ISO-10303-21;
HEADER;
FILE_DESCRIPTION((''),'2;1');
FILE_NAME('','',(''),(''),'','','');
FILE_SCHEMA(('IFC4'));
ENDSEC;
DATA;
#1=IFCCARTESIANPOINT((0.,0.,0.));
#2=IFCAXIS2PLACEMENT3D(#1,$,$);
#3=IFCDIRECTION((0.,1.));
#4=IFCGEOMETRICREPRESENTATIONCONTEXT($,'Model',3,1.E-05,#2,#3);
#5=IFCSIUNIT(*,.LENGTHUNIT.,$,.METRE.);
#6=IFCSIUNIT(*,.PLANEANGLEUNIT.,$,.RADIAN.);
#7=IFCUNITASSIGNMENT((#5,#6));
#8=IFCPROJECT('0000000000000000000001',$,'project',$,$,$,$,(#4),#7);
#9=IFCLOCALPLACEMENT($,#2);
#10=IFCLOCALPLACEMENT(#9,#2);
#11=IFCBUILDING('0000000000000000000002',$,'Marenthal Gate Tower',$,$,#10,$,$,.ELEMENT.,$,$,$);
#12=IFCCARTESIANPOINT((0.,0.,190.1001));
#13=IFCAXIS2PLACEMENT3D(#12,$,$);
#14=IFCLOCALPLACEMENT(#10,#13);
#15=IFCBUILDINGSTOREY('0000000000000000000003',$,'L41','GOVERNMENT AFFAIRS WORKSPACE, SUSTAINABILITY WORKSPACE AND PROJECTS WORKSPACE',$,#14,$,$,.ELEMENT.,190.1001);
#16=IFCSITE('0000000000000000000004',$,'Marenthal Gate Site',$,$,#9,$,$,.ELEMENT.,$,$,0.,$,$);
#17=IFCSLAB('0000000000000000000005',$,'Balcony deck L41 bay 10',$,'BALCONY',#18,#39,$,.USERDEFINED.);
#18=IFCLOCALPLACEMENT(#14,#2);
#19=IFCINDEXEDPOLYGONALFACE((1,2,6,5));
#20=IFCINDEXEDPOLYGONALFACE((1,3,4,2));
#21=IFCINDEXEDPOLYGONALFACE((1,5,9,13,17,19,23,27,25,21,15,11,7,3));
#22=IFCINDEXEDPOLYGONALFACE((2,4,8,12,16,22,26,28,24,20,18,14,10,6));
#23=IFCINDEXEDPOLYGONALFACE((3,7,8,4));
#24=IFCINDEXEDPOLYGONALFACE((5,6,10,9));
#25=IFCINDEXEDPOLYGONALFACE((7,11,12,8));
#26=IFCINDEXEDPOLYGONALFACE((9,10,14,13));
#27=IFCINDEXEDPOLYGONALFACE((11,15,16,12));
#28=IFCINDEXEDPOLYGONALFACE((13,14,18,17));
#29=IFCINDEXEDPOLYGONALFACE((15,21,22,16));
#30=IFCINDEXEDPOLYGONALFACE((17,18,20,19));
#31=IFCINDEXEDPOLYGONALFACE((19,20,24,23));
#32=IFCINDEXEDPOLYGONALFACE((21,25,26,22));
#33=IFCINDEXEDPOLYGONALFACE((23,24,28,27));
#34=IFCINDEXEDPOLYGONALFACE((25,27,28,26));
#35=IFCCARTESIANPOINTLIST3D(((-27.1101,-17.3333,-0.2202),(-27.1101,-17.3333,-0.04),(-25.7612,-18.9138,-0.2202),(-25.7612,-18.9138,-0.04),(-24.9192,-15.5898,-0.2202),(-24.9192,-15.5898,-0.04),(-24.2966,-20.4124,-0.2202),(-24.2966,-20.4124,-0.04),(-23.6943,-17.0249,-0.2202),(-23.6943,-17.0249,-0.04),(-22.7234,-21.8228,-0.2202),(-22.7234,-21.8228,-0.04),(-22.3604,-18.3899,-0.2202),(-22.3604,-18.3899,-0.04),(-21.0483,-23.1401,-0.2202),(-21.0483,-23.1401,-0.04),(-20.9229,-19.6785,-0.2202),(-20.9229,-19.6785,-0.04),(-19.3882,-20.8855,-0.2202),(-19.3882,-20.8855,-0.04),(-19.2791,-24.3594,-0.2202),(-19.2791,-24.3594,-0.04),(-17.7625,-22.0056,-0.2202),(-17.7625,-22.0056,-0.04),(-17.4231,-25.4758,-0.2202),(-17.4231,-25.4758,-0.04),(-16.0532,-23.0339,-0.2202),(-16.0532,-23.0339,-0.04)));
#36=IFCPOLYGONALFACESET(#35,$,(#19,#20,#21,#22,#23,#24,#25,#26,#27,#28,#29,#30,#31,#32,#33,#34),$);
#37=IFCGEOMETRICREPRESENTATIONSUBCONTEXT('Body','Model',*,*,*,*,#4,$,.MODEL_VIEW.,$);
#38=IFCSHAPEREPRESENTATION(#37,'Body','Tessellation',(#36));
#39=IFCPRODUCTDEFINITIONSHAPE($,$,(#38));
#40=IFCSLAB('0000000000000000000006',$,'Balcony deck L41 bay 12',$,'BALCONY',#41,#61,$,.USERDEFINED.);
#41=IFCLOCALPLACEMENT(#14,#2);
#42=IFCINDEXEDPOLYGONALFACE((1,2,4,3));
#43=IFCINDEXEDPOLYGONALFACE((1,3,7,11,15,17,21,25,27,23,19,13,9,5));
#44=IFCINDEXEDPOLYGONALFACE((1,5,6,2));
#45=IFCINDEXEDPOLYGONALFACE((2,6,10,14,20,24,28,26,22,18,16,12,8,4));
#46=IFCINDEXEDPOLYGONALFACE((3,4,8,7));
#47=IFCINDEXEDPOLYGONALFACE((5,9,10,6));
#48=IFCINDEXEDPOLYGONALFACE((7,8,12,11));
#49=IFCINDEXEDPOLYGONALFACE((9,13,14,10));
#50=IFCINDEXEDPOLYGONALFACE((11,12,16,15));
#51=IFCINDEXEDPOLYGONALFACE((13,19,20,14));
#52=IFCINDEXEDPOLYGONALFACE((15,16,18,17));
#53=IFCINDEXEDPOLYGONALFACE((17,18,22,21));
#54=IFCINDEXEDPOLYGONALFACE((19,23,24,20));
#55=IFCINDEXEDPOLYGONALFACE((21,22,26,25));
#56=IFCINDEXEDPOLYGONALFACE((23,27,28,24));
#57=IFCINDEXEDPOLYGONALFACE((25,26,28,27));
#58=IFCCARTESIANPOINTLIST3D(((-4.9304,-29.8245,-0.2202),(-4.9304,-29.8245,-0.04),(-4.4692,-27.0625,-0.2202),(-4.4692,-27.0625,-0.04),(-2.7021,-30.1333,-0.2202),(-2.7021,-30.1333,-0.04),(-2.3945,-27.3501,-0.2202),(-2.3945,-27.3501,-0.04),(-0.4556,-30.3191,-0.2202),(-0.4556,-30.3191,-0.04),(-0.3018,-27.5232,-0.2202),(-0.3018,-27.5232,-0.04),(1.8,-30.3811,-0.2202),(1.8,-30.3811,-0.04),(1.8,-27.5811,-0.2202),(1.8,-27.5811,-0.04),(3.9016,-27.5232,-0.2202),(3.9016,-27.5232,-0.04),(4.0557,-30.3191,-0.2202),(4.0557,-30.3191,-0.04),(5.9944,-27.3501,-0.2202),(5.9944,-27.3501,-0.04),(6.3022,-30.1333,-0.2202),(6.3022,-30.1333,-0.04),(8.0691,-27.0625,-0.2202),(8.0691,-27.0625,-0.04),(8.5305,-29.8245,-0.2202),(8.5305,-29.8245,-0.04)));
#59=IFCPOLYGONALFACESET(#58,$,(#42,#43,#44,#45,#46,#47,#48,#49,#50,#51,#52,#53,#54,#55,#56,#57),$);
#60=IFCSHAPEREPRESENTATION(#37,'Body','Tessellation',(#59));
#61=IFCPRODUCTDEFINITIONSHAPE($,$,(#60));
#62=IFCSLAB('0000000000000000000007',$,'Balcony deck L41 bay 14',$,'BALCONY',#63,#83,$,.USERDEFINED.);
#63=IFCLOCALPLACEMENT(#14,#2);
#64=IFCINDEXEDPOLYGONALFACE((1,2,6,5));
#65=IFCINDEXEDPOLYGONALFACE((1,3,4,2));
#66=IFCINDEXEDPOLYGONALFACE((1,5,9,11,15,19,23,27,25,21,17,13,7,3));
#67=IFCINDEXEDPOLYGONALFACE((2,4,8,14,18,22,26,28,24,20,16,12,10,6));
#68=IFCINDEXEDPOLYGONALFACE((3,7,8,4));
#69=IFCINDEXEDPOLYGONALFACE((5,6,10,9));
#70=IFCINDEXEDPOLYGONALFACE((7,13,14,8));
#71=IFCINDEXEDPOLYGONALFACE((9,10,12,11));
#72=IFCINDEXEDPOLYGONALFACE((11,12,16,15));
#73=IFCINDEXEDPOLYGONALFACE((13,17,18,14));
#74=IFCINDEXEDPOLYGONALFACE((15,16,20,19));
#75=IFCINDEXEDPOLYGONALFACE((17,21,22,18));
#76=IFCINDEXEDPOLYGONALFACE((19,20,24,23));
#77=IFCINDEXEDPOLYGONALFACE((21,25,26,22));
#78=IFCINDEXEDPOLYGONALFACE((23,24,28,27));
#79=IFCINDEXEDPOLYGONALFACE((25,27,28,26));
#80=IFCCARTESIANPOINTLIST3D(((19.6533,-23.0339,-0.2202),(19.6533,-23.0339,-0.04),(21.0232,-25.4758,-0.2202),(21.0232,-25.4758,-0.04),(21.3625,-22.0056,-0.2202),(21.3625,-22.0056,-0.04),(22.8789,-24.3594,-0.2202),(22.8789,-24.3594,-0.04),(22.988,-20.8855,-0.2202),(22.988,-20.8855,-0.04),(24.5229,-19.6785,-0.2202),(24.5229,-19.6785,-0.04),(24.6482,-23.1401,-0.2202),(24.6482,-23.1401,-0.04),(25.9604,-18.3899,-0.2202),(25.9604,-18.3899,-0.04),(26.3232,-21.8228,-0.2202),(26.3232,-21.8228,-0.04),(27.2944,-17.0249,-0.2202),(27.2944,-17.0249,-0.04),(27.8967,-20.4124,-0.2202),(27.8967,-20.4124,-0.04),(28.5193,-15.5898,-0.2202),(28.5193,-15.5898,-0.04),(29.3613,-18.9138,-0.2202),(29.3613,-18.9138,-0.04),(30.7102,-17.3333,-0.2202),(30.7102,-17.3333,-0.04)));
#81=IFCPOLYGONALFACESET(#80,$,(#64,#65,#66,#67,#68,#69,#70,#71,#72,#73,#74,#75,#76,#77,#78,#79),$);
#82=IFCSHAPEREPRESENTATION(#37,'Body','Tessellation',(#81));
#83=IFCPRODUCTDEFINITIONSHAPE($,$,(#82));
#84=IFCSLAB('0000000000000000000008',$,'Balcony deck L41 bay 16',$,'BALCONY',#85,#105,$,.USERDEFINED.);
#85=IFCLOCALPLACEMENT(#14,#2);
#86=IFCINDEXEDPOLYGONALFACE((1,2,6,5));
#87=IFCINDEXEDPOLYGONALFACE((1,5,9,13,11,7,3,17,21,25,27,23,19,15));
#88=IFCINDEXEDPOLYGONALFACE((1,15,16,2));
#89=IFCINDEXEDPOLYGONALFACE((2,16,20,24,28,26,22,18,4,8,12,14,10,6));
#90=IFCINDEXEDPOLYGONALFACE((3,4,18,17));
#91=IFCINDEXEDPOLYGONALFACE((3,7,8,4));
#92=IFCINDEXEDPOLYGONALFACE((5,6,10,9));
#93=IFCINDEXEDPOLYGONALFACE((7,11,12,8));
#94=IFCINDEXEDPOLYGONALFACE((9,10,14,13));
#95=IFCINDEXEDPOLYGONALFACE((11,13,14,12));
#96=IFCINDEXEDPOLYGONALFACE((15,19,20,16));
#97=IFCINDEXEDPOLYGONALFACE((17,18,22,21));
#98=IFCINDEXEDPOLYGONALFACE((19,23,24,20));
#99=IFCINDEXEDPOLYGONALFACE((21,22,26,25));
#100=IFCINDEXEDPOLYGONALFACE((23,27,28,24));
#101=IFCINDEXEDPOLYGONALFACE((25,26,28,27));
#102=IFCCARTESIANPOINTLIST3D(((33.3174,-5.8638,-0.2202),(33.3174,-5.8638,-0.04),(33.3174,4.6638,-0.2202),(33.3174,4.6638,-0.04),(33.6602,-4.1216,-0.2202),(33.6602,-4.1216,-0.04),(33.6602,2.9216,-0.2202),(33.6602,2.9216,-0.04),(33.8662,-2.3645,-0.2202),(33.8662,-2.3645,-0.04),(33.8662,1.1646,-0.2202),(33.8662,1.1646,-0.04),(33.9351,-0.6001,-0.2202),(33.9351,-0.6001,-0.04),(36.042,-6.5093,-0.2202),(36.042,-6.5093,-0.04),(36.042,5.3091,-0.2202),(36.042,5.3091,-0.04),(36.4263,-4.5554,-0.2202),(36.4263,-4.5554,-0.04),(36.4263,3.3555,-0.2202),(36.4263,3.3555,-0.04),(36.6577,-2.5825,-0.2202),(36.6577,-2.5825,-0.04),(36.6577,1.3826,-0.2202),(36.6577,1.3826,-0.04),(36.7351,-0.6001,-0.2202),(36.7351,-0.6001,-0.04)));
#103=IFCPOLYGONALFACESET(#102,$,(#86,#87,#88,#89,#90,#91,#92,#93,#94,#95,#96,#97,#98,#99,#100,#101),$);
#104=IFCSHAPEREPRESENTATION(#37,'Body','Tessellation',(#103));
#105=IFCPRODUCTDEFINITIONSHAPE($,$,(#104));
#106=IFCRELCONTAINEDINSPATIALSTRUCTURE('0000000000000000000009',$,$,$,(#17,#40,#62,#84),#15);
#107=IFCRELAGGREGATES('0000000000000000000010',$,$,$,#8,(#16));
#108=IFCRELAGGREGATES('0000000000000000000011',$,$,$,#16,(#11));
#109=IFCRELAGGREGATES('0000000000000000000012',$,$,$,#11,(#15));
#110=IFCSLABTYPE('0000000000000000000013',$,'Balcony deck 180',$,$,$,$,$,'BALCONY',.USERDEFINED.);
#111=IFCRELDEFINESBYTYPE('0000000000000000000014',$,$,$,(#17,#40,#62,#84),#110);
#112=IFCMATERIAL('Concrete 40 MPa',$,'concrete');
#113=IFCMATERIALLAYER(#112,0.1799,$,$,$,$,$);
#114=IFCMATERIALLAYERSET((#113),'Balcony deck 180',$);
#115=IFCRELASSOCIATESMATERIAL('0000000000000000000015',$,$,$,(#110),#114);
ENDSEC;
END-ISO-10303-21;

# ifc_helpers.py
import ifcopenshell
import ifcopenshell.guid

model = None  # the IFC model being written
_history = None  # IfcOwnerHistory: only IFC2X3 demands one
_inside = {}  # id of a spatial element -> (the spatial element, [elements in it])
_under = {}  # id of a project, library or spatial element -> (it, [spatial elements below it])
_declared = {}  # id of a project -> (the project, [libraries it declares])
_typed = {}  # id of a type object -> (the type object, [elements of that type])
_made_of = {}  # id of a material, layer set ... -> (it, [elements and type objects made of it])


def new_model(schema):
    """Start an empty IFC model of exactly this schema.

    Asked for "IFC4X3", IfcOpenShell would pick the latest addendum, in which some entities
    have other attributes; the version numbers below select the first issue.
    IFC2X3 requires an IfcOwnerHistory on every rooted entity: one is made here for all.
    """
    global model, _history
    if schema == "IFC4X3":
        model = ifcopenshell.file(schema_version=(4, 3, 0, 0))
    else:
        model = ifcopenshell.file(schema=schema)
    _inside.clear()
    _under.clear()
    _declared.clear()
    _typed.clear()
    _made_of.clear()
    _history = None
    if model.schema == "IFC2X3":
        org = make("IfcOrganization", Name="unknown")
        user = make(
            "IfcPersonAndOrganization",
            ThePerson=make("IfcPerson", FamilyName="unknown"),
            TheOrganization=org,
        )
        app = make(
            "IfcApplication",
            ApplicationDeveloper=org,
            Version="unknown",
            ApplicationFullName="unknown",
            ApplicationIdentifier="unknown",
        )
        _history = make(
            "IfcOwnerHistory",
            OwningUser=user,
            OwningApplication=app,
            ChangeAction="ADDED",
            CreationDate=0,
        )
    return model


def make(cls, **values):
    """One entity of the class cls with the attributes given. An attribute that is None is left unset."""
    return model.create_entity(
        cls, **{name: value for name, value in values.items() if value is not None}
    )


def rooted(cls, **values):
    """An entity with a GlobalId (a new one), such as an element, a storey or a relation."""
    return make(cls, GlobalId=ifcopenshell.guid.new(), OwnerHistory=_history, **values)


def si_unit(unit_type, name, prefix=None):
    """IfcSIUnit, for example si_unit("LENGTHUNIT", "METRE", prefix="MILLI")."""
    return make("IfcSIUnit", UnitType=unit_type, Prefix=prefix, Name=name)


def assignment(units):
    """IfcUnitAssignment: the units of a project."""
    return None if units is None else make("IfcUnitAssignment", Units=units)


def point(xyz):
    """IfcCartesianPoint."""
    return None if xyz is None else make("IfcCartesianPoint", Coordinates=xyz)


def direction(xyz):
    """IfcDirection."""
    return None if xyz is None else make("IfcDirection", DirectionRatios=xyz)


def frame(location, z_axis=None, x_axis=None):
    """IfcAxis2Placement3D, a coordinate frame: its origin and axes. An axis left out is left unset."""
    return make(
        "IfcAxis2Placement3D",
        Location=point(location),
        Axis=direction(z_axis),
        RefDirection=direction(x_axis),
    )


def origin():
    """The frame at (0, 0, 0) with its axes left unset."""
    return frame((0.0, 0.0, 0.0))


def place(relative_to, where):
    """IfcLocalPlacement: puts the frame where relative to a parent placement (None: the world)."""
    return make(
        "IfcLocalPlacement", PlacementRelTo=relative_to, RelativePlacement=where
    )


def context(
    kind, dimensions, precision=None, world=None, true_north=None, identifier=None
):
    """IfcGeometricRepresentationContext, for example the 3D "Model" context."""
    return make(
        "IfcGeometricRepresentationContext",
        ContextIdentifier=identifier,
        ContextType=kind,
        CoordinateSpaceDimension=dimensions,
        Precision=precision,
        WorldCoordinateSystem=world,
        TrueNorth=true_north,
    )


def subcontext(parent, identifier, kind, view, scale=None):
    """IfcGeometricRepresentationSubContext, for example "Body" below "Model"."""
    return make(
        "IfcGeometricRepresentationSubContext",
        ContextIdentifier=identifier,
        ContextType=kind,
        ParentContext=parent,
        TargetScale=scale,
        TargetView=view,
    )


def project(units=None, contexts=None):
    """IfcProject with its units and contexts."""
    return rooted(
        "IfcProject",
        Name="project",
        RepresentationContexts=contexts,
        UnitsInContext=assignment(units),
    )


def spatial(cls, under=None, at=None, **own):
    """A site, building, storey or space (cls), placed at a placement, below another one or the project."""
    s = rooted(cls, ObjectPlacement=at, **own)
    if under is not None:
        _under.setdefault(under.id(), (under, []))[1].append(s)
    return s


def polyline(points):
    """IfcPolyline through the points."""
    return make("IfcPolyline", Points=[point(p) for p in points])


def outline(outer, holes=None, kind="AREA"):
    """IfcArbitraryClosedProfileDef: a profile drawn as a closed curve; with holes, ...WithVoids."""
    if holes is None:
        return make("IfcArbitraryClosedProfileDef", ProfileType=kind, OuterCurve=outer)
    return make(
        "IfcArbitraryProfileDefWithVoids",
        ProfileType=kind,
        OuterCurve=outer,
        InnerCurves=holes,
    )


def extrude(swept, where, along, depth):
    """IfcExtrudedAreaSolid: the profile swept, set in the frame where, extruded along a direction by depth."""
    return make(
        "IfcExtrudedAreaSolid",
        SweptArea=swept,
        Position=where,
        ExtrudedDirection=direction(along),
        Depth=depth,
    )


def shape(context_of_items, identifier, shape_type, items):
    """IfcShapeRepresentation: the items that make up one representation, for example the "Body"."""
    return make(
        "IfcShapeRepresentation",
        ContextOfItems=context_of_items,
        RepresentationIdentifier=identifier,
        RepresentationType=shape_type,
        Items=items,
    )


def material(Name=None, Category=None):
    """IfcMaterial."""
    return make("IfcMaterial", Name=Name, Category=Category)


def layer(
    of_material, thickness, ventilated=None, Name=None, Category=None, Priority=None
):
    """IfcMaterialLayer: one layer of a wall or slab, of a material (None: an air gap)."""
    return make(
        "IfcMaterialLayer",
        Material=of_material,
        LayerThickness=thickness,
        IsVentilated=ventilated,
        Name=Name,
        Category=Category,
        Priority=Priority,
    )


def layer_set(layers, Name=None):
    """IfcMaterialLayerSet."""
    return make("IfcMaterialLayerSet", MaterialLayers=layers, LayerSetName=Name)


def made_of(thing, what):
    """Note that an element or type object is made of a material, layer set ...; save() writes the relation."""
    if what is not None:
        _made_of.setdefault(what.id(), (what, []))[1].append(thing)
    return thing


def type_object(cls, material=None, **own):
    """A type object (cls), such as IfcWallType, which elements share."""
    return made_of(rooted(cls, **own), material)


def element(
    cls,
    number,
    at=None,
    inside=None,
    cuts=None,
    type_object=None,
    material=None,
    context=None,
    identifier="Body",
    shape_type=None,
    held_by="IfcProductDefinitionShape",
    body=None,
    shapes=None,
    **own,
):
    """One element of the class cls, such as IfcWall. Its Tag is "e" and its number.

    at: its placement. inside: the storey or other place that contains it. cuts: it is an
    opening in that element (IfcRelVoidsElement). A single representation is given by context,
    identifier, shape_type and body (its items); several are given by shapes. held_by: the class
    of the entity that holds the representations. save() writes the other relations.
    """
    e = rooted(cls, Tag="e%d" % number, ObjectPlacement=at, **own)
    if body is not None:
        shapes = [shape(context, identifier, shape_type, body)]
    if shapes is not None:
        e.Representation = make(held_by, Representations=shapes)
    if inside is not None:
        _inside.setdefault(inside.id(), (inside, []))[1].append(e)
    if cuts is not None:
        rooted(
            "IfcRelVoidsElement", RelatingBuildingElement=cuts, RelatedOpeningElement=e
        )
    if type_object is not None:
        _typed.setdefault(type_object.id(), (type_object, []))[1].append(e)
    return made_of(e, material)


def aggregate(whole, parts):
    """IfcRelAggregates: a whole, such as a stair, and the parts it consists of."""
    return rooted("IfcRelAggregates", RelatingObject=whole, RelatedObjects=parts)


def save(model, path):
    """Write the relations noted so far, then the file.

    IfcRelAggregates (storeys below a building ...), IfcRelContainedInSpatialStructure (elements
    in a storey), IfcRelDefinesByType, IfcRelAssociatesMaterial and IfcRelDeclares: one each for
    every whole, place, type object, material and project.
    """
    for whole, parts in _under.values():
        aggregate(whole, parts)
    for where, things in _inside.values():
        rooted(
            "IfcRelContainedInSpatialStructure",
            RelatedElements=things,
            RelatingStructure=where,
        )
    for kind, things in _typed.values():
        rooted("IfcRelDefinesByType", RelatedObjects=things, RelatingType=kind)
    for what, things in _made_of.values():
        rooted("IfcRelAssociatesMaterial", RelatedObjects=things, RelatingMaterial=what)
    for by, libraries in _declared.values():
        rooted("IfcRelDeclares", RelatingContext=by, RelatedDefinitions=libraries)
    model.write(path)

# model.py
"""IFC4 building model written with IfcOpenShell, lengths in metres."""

from ifc_helpers import new_model, si_unit, direction, frame, origin, place, context, subcontext, project, spatial, polyline, outline, extrude, material, layer, layer_set, type_object, element, save


model = new_model("IFC4")

# Units and contexts
model_context = context("Model", 3, precision=1e-05, world=origin(), true_north=direction((0.0, 1.0)))
body_context = subcontext(model_context, "Body", "Model", "MODEL_VIEW")
ifc_project = project(units=[si_unit("LENGTHUNIT", "METRE"), si_unit("PLANEANGLEUNIT", "RADIAN")], contexts=[model_context])

# Site, building, storey
site_placement = place(None, origin())
site = spatial("IfcSite", under=ifc_project, at=site_placement, Name="Marenthal Gate Site", CompositionType="ELEMENT", RefElevation=0.0)
building_placement = place(site_placement, origin())
building = spatial("IfcBuilding", under=site, at=building_placement, Name="Marenthal Gate Tower", CompositionType="ELEMENT")
storey_placement = place(building_placement, frame((0.0, 0.0, 190.1001)))
storey = spatial("IfcBuildingStorey", under=building, at=storey_placement, Name="L41", Description="GOVERNMENT AFFAIRS WORKSPACE, SUSTAINABILITY WORKSPACE AND PROJECTS WORKSPACE", CompositionType="ELEMENT", Elevation=190.1001)

# Slabs
ifc_material_1 = material(Name="Concrete 40 MPa", Category="concrete")
ifc_layer_1 = layer(ifc_material_1, 0.1799)
ifc_layer_set_1 = layer_set([ifc_layer_1], Name="Balcony deck 180")
slab_type_1 = type_object("IfcSlabType", Name="Balcony deck 180", ElementType="BALCONY", PredefinedType="USERDEFINED", material=ifc_layer_set_1)
slab_1_placement = place(storey_placement, frame((0.0, 0.0, -0.2202)))
element("IfcSlab", 1, at=slab_1_placement, inside=storey, type_object=slab_type_1, Name="Balcony deck L41 bay 10", ObjectType="BALCONY", PredefinedType="USERDEFINED", context=body_context, shape_type="SweptSolid", body=[
    extrude(outline(polyline([(-24.9192, -15.5898), (-23.6943, -17.0249), (-22.3604, -18.3899), (-20.9229, -19.6785), (-19.3882, -20.8855), (-17.7625, -22.0056), (-16.0532, -23.0339), (-17.4231, -25.4758), (-19.2791, -24.3594), (-21.0483, -23.1401), (-22.7234, -21.8228), (-24.2966, -20.4124), (-25.7612, -18.9138), (-27.1101, -17.3333), (-24.9192, -15.5898)])), origin(), (0.0, 0.0, 1.0), 0.1802),
])
slab_2_placement = place(storey_placement, frame((0.0, 0.0, -0.2202)))
element("IfcSlab", 2, at=slab_2_placement, inside=storey, type_object=slab_type_1, Name="Balcony deck L41 bay 12", ObjectType="BALCONY", PredefinedType="USERDEFINED", context=body_context, shape_type="SweptSolid", body=[
    extrude(outline(polyline([(-4.4692, -27.0625), (-2.3945, -27.3501), (-0.3018, -27.5232), (1.8, -27.5811), (3.9016, -27.5232), (5.9944, -27.3501), (8.0691, -27.0625), (8.5305, -29.8245), (6.3022, -30.1333), (4.0557, -30.3191), (1.8, -30.3811), (-0.4556, -30.3191), (-2.7021, -30.1333), (-4.9304, -29.8245), (-4.4692, -27.0625)])), origin(), (0.0, 0.0, 1.0), 0.1802),
])
slab_3_placement = place(storey_placement, frame((0.0, 0.0, -0.2202)))
element("IfcSlab", 3, at=slab_3_placement, inside=storey, type_object=slab_type_1, Name="Balcony deck L41 bay 14", ObjectType="BALCONY", PredefinedType="USERDEFINED", context=body_context, shape_type="SweptSolid", body=[
    extrude(outline(polyline([(19.6533, -23.0339), (21.3625, -22.0056), (22.988, -20.8855), (24.5229, -19.6785), (25.9604, -18.3899), (27.2944, -17.0249), (28.5193, -15.5898), (30.7102, -17.3333), (29.3613, -18.9138), (27.8967, -20.4124), (26.3232, -21.8228), (24.6482, -23.1401), (22.8789, -24.3594), (21.0232, -25.4758), (19.6533, -23.0339)])), origin(), (0.0, 0.0, 1.0), 0.1802),
])
slab_4_placement = place(storey_placement, frame((0.0, 0.0, -0.2202)))
element("IfcSlab", 4, at=slab_4_placement, inside=storey, type_object=slab_type_1, Name="Balcony deck L41 bay 16", ObjectType="BALCONY", PredefinedType="USERDEFINED", context=body_context, shape_type="SweptSolid", body=[
    extrude(outline(polyline([(33.3174, -5.8638), (33.6602, -4.1216), (33.8662, -2.3645), (33.9351, -0.6001), (33.8662, 1.1646), (33.6602, 2.9216), (33.3174, 4.6638), (36.042, 5.3091), (36.4263, 3.3555), (36.6577, 1.3826), (36.7351, -0.6001), (36.6577, -2.5825), (36.4263, -4.5554), (36.042, -6.5093), (33.3174, -5.8638)])), origin(), (0.0, 0.0, 1.0), 0.1802),
])

save(model, "model.ifc")
